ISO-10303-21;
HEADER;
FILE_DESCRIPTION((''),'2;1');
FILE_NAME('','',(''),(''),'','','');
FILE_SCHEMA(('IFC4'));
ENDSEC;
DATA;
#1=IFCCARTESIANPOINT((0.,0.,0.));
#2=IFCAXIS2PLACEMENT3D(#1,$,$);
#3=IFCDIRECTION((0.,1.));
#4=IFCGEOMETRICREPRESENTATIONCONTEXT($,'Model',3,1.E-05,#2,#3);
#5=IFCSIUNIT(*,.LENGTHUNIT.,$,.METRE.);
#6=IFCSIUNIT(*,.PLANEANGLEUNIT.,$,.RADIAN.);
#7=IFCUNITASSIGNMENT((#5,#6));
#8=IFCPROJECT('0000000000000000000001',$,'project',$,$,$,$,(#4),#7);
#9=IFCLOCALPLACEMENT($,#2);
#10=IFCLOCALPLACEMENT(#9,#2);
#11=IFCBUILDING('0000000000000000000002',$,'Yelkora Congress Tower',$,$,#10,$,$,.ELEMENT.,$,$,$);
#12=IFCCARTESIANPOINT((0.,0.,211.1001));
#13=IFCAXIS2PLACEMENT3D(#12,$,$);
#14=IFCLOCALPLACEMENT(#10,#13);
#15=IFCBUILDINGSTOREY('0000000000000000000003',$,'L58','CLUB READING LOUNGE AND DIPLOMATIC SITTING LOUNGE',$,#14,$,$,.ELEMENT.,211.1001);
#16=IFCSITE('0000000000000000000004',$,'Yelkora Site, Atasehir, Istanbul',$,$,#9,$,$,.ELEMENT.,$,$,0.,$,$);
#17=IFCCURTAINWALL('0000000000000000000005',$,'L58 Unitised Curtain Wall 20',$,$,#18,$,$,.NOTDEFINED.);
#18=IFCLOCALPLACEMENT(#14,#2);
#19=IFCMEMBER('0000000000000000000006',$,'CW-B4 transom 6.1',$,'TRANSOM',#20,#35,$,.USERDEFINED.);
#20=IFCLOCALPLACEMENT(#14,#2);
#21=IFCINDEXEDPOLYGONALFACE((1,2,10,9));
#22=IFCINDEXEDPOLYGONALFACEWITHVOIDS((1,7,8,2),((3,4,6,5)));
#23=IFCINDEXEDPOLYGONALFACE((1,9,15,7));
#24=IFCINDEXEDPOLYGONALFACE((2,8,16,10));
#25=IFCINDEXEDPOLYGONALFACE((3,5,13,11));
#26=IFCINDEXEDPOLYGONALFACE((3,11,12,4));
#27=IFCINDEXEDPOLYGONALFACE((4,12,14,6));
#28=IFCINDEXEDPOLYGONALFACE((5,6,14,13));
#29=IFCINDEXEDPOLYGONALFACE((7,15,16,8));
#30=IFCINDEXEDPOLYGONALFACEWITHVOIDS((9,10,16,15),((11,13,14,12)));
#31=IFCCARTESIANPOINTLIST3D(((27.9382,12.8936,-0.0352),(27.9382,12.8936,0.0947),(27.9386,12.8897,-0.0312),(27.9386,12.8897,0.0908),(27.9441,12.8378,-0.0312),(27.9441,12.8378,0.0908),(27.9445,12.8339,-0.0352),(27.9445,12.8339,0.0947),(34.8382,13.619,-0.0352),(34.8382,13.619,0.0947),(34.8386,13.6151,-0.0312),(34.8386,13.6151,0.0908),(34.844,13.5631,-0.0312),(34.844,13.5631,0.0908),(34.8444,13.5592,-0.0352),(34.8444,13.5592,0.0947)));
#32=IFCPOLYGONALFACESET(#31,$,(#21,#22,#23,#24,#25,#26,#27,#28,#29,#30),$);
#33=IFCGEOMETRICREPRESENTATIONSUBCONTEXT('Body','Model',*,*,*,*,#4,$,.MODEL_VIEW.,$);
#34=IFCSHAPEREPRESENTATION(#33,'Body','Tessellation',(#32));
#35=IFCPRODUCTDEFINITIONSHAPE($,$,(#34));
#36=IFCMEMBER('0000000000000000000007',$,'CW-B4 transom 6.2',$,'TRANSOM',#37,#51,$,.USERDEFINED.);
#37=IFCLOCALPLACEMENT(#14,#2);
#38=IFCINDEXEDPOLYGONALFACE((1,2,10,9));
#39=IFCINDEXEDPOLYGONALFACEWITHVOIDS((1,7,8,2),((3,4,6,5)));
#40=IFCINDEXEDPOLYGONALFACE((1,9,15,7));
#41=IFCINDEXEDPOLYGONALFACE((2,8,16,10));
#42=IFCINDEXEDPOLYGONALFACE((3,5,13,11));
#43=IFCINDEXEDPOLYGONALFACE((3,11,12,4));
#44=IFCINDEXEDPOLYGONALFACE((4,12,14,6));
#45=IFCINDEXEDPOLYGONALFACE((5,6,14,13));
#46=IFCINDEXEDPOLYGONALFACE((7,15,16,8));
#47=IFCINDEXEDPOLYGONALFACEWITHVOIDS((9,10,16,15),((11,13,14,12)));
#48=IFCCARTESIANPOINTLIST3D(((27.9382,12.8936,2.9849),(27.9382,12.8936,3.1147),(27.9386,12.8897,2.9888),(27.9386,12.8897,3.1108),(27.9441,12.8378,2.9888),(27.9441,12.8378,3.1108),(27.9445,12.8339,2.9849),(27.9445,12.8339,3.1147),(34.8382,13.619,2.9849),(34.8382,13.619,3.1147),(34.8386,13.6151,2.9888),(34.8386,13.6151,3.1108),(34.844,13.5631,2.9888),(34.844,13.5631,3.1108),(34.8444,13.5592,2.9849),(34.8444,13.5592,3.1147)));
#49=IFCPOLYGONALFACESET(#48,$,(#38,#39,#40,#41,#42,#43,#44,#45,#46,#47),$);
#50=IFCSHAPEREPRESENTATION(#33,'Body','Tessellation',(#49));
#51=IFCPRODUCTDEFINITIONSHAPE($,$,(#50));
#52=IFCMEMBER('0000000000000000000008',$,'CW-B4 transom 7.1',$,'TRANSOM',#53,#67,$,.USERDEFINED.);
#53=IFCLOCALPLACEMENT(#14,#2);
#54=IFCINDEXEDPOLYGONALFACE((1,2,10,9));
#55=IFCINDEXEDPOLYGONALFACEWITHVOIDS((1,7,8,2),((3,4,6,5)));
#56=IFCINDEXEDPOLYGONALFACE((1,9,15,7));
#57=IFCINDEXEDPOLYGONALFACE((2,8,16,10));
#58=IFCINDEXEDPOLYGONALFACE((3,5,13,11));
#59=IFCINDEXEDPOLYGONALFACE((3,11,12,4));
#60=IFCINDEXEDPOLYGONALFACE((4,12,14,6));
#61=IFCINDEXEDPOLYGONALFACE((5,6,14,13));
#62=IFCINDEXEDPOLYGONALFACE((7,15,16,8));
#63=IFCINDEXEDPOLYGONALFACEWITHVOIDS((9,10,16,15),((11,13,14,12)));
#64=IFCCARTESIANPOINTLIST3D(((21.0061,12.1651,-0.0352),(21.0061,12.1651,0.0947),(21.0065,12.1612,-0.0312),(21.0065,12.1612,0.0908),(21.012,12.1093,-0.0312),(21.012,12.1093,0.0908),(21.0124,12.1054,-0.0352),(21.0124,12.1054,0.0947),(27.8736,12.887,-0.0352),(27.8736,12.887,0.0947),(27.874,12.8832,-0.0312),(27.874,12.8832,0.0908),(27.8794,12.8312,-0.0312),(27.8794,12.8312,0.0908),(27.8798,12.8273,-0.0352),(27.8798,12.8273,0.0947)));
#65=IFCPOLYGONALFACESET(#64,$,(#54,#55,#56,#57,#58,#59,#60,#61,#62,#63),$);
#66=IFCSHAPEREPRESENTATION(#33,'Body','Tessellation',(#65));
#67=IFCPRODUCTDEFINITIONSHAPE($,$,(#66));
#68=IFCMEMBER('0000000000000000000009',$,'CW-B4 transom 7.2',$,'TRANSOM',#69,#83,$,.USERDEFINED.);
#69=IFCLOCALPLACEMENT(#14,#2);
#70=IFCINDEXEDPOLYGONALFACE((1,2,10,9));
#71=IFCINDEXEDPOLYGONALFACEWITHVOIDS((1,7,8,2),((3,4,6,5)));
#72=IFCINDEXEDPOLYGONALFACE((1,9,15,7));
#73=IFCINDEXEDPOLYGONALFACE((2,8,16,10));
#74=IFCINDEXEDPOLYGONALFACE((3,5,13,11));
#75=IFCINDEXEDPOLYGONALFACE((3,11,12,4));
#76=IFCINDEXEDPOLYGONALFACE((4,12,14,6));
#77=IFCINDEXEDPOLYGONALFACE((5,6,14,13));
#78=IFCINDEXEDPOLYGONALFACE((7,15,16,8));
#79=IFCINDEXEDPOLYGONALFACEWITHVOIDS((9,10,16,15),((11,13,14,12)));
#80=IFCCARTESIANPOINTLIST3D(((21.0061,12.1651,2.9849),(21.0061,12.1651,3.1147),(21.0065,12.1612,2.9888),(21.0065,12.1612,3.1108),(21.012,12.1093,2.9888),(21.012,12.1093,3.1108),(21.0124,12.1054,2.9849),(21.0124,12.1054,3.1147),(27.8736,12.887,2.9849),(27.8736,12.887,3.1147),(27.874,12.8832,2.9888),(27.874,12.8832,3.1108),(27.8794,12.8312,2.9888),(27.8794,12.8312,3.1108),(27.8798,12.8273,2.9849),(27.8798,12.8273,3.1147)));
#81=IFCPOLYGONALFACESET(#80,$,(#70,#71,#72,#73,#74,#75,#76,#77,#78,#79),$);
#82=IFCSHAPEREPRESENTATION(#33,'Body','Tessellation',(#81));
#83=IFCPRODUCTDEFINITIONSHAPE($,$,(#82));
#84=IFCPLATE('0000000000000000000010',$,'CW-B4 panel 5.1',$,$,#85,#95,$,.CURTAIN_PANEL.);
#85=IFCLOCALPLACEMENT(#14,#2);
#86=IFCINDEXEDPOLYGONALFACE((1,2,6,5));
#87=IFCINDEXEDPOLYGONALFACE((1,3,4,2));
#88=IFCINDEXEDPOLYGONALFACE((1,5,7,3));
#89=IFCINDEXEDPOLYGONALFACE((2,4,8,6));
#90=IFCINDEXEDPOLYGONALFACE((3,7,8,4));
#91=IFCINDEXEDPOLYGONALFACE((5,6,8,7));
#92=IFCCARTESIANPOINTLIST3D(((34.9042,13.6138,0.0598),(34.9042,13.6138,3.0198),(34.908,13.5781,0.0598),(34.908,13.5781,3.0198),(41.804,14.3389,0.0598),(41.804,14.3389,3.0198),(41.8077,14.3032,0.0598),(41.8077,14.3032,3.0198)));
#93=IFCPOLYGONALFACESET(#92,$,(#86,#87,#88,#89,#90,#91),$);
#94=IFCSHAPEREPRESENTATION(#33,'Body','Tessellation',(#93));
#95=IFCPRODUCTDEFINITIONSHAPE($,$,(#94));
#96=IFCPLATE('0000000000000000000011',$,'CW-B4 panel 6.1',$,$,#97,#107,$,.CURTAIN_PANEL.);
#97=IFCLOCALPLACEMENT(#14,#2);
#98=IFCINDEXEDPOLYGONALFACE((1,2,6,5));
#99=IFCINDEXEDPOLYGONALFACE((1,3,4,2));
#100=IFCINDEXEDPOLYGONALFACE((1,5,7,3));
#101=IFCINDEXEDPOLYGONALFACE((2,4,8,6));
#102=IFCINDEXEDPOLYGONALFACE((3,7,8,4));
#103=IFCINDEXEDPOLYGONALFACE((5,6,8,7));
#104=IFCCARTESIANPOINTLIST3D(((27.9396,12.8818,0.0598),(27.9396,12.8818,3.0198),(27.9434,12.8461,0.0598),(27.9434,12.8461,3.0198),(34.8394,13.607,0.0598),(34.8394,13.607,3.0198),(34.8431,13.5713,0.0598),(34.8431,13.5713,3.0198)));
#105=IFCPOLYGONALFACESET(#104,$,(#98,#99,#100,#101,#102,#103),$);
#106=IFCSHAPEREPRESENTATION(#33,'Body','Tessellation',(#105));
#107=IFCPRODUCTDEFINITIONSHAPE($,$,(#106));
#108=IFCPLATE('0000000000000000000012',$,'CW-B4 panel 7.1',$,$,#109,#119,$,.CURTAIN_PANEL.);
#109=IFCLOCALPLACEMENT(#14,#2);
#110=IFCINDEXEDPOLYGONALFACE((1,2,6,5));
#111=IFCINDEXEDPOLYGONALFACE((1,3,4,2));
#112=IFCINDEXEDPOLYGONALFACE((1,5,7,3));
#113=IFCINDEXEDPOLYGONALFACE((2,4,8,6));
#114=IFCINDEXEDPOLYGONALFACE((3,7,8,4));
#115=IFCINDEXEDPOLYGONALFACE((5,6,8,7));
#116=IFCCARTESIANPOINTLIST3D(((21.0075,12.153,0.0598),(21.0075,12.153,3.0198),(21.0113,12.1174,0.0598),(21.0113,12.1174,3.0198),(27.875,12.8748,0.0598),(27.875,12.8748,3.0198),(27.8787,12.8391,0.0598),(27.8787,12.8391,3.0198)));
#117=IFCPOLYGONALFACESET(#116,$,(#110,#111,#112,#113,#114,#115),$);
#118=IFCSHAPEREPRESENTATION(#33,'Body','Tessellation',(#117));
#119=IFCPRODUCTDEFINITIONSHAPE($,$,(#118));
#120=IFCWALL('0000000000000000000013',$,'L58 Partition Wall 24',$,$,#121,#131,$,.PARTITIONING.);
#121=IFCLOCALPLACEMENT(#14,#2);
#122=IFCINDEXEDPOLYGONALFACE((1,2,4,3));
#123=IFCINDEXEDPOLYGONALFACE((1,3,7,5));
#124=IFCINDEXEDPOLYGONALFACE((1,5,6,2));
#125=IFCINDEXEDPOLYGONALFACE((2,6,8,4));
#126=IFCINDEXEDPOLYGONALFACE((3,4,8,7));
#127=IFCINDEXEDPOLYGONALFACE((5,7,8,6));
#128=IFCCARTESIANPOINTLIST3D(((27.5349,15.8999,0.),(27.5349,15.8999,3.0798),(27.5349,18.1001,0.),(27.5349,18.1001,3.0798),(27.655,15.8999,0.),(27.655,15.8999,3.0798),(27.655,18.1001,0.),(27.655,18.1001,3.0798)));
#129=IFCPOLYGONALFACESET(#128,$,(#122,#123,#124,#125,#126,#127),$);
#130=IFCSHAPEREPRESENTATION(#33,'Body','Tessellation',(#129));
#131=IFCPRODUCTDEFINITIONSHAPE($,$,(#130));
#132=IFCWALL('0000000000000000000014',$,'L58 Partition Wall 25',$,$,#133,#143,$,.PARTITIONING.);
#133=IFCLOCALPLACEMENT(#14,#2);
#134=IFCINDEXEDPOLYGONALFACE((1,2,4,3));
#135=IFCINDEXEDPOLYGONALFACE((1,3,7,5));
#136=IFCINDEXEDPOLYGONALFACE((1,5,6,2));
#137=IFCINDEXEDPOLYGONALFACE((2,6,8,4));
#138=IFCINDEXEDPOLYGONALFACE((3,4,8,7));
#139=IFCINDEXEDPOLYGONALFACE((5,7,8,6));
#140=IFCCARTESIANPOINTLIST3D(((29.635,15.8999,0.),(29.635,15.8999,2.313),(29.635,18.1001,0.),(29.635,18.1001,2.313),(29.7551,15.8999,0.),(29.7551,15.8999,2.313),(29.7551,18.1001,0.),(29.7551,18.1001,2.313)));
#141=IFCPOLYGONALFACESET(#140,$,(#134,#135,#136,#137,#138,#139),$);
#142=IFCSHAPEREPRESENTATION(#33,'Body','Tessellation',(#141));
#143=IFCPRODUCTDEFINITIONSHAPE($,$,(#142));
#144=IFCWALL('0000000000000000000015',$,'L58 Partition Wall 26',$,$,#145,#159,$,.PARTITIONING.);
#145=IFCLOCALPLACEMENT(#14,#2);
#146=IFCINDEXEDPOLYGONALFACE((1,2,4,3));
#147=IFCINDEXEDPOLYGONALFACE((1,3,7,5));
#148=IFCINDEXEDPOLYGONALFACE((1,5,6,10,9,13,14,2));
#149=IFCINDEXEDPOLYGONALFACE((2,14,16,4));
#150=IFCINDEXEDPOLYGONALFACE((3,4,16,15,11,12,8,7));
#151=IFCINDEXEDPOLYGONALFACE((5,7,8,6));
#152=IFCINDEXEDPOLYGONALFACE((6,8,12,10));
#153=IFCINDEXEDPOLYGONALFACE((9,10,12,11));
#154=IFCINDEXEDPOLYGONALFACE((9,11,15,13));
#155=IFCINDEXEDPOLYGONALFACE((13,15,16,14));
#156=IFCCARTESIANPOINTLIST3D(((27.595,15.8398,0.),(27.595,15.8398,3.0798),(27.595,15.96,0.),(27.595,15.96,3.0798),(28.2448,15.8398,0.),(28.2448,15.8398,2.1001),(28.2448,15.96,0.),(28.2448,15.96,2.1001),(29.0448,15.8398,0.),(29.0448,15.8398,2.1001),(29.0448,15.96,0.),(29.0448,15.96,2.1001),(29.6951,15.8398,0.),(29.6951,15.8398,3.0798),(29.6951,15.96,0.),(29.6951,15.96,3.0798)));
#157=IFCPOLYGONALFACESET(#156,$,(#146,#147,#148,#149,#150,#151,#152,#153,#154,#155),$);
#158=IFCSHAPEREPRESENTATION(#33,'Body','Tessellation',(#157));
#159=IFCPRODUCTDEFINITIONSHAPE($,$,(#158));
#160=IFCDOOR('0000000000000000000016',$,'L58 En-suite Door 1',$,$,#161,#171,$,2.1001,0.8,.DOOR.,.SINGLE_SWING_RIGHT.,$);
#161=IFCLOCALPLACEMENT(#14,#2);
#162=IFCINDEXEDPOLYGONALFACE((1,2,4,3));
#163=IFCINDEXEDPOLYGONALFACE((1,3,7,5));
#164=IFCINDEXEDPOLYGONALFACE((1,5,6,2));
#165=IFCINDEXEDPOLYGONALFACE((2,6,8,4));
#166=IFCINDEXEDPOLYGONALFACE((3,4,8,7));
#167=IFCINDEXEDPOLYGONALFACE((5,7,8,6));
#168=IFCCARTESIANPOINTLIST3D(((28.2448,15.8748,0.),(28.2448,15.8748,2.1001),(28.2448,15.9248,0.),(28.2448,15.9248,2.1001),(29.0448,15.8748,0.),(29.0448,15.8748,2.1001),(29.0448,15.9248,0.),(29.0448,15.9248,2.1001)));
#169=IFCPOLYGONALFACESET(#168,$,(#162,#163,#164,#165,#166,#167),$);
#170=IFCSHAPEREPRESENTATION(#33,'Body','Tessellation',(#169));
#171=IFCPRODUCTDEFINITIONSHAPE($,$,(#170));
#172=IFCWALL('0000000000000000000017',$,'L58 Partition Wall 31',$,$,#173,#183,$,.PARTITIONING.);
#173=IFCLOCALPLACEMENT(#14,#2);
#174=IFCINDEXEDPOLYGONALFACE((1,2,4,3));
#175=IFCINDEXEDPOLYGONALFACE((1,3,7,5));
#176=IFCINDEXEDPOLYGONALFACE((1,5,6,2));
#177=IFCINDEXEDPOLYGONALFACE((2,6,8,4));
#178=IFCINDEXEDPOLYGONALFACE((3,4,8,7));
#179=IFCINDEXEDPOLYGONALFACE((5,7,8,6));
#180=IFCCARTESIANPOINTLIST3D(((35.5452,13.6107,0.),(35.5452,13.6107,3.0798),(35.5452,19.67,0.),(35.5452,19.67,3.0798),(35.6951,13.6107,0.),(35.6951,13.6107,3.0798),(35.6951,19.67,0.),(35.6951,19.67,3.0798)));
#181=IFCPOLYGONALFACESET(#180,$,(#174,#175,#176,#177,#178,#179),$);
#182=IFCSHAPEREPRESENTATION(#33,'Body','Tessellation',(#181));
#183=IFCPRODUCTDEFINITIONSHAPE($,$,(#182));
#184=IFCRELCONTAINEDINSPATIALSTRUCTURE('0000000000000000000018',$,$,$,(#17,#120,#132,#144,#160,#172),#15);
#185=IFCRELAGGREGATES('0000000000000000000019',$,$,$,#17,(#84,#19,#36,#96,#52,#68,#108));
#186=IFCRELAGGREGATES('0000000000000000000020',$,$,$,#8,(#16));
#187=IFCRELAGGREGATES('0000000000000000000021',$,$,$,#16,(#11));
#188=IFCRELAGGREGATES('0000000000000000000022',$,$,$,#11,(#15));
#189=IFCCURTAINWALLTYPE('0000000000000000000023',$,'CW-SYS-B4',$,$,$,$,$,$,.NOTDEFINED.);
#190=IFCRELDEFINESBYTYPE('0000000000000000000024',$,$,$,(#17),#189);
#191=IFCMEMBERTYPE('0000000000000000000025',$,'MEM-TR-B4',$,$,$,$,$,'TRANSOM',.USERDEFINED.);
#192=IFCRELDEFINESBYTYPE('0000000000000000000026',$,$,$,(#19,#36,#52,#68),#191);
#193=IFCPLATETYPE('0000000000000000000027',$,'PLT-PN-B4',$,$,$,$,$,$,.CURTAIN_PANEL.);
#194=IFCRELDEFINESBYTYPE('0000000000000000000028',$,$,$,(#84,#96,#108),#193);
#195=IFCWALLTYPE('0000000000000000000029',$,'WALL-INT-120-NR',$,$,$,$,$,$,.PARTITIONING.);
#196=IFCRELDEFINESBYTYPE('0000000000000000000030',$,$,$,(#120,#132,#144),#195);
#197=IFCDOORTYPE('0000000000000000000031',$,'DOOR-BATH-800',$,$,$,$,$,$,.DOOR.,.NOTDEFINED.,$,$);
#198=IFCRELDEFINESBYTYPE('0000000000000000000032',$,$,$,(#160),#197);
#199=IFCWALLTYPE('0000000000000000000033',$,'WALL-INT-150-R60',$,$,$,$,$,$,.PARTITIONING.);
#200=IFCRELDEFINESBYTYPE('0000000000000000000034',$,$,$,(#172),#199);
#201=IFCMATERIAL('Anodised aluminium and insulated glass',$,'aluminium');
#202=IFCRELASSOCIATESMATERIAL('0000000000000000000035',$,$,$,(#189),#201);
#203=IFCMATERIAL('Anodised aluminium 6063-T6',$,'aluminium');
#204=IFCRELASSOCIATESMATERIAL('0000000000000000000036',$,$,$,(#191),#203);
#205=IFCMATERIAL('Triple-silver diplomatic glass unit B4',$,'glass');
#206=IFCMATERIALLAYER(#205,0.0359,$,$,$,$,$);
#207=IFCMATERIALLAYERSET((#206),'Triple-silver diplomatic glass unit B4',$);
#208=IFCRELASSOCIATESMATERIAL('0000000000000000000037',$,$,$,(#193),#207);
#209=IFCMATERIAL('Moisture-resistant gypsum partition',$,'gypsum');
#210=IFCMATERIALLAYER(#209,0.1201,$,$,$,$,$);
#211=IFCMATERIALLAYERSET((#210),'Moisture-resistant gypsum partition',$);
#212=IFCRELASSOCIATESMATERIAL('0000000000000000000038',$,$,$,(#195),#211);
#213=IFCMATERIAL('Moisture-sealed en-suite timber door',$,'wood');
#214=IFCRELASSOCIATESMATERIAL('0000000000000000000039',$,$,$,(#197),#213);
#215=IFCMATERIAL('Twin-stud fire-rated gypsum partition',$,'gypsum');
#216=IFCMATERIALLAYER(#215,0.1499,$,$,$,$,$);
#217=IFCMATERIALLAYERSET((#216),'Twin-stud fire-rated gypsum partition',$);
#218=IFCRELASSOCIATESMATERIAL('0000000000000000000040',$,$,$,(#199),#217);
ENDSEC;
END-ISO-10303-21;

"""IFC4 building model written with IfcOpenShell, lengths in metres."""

from ifc_helpers import new_model, si_unit, direction, frame, frame_2d, origin, origin_2d, place, context, subcontext, project, spatial, rectangle, hollow_rectangle, extrude, material, layer, layer_set, material_profile, profile_set, type_object, element, fill, aggregate, save


model = new_model("IFC4")

# Units and contexts
model_context = context("Model", 3, precision=1e-05, world=origin(), true_north=direction((0.0, 1.0)))
body_context = subcontext(model_context, "Body", "Model", "MODEL_VIEW")
ifc_project = project(units=[si_unit("LENGTHUNIT", "METRE"), si_unit("PLANEANGLEUNIT", "RADIAN")], contexts=[model_context])

# Site, building, storey
site_placement = place(None, origin())
site = spatial("IfcSite", under=ifc_project, at=site_placement, Name="Yelkora Site, Atasehir, Istanbul", CompositionType="ELEMENT", RefElevation=0.0)
building_placement = place(site_placement, origin())
building = spatial("IfcBuilding", under=site, at=building_placement, Name="Yelkora Congress Tower", CompositionType="ELEMENT")
storey_placement = place(building_placement, frame((0.0, 0.0, 211.1001)))
storey = spatial("IfcBuildingStorey", under=building, at=storey_placement, Name="L58", Description="CLUB READING LOUNGE AND DIPLOMATIC SITTING LOUNGE", CompositionType="ELEMENT", Elevation=211.1001)

# Curtain wall, members, plates
ifc_material_1 = material(Name="Anodised aluminium and insulated glass", Category="aluminium")
curtain_wall_type = type_object("IfcCurtainWallType", Name="CW-SYS-B4", PredefinedType="NOTDEFINED", material=ifc_material_1)
curtain_wall_placement = place(storey_placement, origin())
curtain_wall = element("IfcCurtainWall", 1, at=curtain_wall_placement, inside=storey, type_object=curtain_wall_type, Name="L58 Unitised Curtain Wall 20", PredefinedType="NOTDEFINED")
ifc_material_2 = material(Name="Anodised aluminium 6063-T6", Category="aluminium")
ifc_material_profile_1 = material_profile(ifc_material_2, hollow_rectangle(XDim=0.0601, YDim=0.1299, WallThickness=0.0039, at=origin_2d()), Name="ALU 60x130x4")
ifc_profile_set_1 = profile_set([ifc_material_profile_1], Name="Anodised aluminium 6063-T6")
member_type_1 = type_object("IfcMemberType", Name="MEM-TR-B4", ElementType="TRANSOM", PredefinedType="USERDEFINED", material=ifc_profile_set_1)
member_1_placement = place(storey_placement, frame((34.8413, 13.5891, 0.0298), z_axis=(-0.99452, -0.104547, 0.0), x_axis=(0.104547, -0.99452, 0.0)))
member_1 = element("IfcMember", 2, at=member_1_placement, type_object=member_type_1, Name="CW-B4 transom 6.1", ObjectType="TRANSOM", PredefinedType="USERDEFINED", context=body_context, shape_type="SweptSolid", body=[
    extrude(hollow_rectangle(XDim=0.0601, YDim=0.1299, WallThickness=0.0039, at=origin_2d()), origin(), (0.0, 0.0, 1.0), 6.938),
])
member_2_placement = place(storey_placement, frame((34.8413, 13.5891, 3.0498), z_axis=(-0.99452, -0.104547, 0.0), x_axis=(0.104547, -0.99452, 0.0)))
member_2 = element("IfcMember", 3, at=member_2_placement, type_object=member_type_1, Name="CW-B4 transom 6.2", ObjectType="TRANSOM", PredefinedType="USERDEFINED", context=body_context, shape_type="SweptSolid", body=[
    extrude(hollow_rectangle(XDim=0.0601, YDim=0.1299, WallThickness=0.0039, at=origin_2d()), origin(), (0.0, 0.0, 1.0), 6.938),
])
member_3_placement = place(storey_placement, frame((27.8767, 12.8572, 0.0298), z_axis=(-0.99452, -0.104547, 0.0), x_axis=(0.104547, -0.99452, 0.0)))
member_3 = element("IfcMember", 4, at=member_3_placement, type_object=member_type_1, Name="CW-B4 transom 7.1", ObjectType="TRANSOM", PredefinedType="USERDEFINED", context=body_context, shape_type="SweptSolid", body=[
    extrude(hollow_rectangle(XDim=0.0601, YDim=0.1299, WallThickness=0.0039, at=origin_2d()), origin(), (0.0, 0.0, 1.0), 6.9053),
])
member_4_placement = place(storey_placement, frame((27.8767, 12.8572, 3.0498), z_axis=(-0.99452, -0.104547, 0.0), x_axis=(0.104547, -0.99452, 0.0)))
member_4 = element("IfcMember", 5, at=member_4_placement, type_object=member_type_1, Name="CW-B4 transom 7.2", ObjectType="TRANSOM", PredefinedType="USERDEFINED", context=body_context, shape_type="SweptSolid", body=[
    extrude(hollow_rectangle(XDim=0.0601, YDim=0.1299, WallThickness=0.0039, at=origin_2d()), origin(), (0.0, 0.0, 1.0), 6.9053),
])
ifc_material_3 = material(Name="Triple-silver diplomatic glass unit B4", Category="glass")
ifc_layer_1 = layer(ifc_material_3, 0.0359)
ifc_layer_set_1 = layer_set([ifc_layer_1], Name="Triple-silver diplomatic glass unit B4")
plate_type = type_object("IfcPlateType", Name="PLT-PN-B4", PredefinedType="CURTAIN_PANEL", material=ifc_layer_set_1)
plate_1_placement = place(storey_placement, frame((38.356, 13.9585, 0.0598), z_axis=(0.0, 0.0, 1.0), x_axis=(-0.994522, -0.104527, 0.0)))
plate_1 = element("IfcPlate", 6, at=plate_1_placement, type_object=plate_type, Name="CW-B4 panel 5.1", PredefinedType="CURTAIN_PANEL", context=body_context, shape_type="SweptSolid", body=[
    extrude(rectangle(XDim=6.9377, YDim=0.0359, at=origin_2d()), origin(), (0.0, 0.0, 1.0), 2.96),
])
plate_2_placement = place(storey_placement, frame((31.3914, 13.2266, 0.0598), z_axis=(0.0, 0.0, 1.0), x_axis=(-0.994522, -0.104527, 0.0)))
plate_2 = element("IfcPlate", 7, at=plate_2_placement, type_object=plate_type, Name="CW-B4 panel 6.1", PredefinedType="CURTAIN_PANEL", context=body_context, shape_type="SweptSolid", body=[
    extrude(rectangle(XDim=6.9377, YDim=0.0359, at=origin_2d()), origin(), (0.0, 0.0, 1.0), 2.96),
])
plate_3_placement = place(storey_placement, frame((24.4431, 12.4961, 0.0598), z_axis=(0.0, 0.0, 1.0), x_axis=(-0.994522, -0.104527, 0.0)))
plate_3 = element("IfcPlate", 8, at=plate_3_placement, type_object=plate_type, Name="CW-B4 panel 7.1", PredefinedType="CURTAIN_PANEL", context=body_context, shape_type="SweptSolid", body=[
    extrude(rectangle(XDim=6.9053, YDim=0.0359, at=origin_2d()), origin(), (0.0, 0.0, 1.0), 2.96),
])
aggregate(curtain_wall, [plate_1, member_1, member_2, plate_2, member_3, member_4, plate_3])

# Walls
ifc_material_4 = material(Name="Moisture-resistant gypsum partition", Category="gypsum")
ifc_layer_2 = layer(ifc_material_4, 0.1201)
ifc_layer_set_2 = layer_set([ifc_layer_2], Name="Moisture-resistant gypsum partition")
wall_type_1 = type_object("IfcWallType", Name="WALL-INT-120-NR", PredefinedType="PARTITIONING", material=ifc_layer_set_2)
wall_1_placement = place(storey_placement, frame((27.595, 15.8999, 0.0), z_axis=(0.0, 0.0, 1.0), x_axis=(0.0, 1.0, 0.0)))
element("IfcWall", 9, at=wall_1_placement, inside=storey, type_object=wall_type_1, Name="L58 Partition Wall 24", PredefinedType="PARTITIONING", context=body_context, shape_type="SweptSolid", body=[
    extrude(rectangle(XDim=2.2002, YDim=0.1201, at=frame_2d((1.1001, 0.0))), origin(), (0.0, 0.0, 1.0), 3.0798),
])
wall_2_placement = place(storey_placement, frame((29.6951, 15.8999, 0.0), z_axis=(0.0, 0.0, 1.0), x_axis=(0.0, 1.0, 0.0)))
element("IfcWall", 10, at=wall_2_placement, inside=storey, type_object=wall_type_1, Name="L58 Partition Wall 25", PredefinedType="PARTITIONING", context=body_context, shape_type="SweptSolid", body=[
    extrude(rectangle(XDim=2.2002, YDim=0.1201, at=frame_2d((1.1001, 0.0))), origin(), (0.0, 0.0, 1.0), 2.313),
])

# Wall, opening, door
wall_3_placement = place(storey_placement, frame((27.595, 15.8999, 0.0), z_axis=(0.0, 0.0, 1.0), x_axis=(1.0, 0.0, 0.0)))
wall_3 = element("IfcWall", 11, at=wall_3_placement, inside=storey, type_object=wall_type_1, Name="L58 Partition Wall 26", PredefinedType="PARTITIONING", context=body_context, shape_type="SweptSolid", body=[
    extrude(rectangle(XDim=2.1001, YDim=0.1201, at=frame_2d((1.05, 0.0))), origin(), (0.0, 0.0, 1.0), 3.0798),
])
opening_placement = place(wall_3_placement, frame((0.6499, 0.0, 0.0)))
opening = element("IfcOpeningElement", 12, at=opening_placement, cuts=wall_3, PredefinedType="OPENING", context=body_context, shape_type="SweptSolid", body=[
    extrude(rectangle(XDim=0.8, YDim=2.1001, at=frame_2d((0.3999, 1.05))), frame((0.0, 0.0701, 0.0), z_axis=(0.0, -1.0, 0.0), x_axis=(1.0, 0.0, 0.0)), (0.0, 0.0, 1.0), 0.1401),
])
ifc_material_5 = material(Name="Moisture-sealed en-suite timber door", Category="wood")
door_type = type_object("IfcDoorType", Name="DOOR-BATH-800", OperationType="NOTDEFINED", PredefinedType="DOOR", material=ifc_material_5)
door_placement = place(opening_placement, origin())
door = element("IfcDoor", 13, at=door_placement, inside=storey, type_object=door_type, Name="L58 En-suite Door 1", OperationType="SINGLE_SWING_RIGHT", OverallHeight=2.1001, OverallWidth=0.8, PredefinedType="DOOR", context=body_context, shape_type="SweptSolid", body=[
    extrude(rectangle(XDim=0.8, YDim=2.1001, at=frame_2d((0.3999, 1.05))), frame((0.0, 0.0249, 0.0), z_axis=(0.0, -1.0, 0.0), x_axis=(1.0, 0.0, 0.0)), (0.0, 0.0, 1.0), 0.05),
])
fill(opening, door)

# Wall
ifc_material_6 = material(Name="Twin-stud fire-rated gypsum partition", Category="gypsum")
ifc_layer_3 = layer(ifc_material_6, 0.1499)
ifc_layer_set_3 = layer_set([ifc_layer_3], Name="Twin-stud fire-rated gypsum partition")
wall_type_2 = type_object("IfcWallType", Name="WALL-INT-150-R60", PredefinedType="PARTITIONING", material=ifc_layer_set_3)
wall_4_placement = place(storey_placement, frame((35.6201, 13.6106, 0.0), z_axis=(0.0, 0.0, 1.0), x_axis=(0.0, 1.0, 0.0)))
element("IfcWall", 14, at=wall_4_placement, inside=storey, type_object=wall_type_2, Name="L58 Partition Wall 31", PredefinedType="PARTITIONING", context=body_context, shape_type="SweptSolid", body=[
    extrude(rectangle(XDim=6.0593, YDim=0.1499, at=frame_2d((3.0298, 0.0))), origin(), (0.0, 0.0, 1.0), 3.0798),
])

save(model, "model.ifc")
